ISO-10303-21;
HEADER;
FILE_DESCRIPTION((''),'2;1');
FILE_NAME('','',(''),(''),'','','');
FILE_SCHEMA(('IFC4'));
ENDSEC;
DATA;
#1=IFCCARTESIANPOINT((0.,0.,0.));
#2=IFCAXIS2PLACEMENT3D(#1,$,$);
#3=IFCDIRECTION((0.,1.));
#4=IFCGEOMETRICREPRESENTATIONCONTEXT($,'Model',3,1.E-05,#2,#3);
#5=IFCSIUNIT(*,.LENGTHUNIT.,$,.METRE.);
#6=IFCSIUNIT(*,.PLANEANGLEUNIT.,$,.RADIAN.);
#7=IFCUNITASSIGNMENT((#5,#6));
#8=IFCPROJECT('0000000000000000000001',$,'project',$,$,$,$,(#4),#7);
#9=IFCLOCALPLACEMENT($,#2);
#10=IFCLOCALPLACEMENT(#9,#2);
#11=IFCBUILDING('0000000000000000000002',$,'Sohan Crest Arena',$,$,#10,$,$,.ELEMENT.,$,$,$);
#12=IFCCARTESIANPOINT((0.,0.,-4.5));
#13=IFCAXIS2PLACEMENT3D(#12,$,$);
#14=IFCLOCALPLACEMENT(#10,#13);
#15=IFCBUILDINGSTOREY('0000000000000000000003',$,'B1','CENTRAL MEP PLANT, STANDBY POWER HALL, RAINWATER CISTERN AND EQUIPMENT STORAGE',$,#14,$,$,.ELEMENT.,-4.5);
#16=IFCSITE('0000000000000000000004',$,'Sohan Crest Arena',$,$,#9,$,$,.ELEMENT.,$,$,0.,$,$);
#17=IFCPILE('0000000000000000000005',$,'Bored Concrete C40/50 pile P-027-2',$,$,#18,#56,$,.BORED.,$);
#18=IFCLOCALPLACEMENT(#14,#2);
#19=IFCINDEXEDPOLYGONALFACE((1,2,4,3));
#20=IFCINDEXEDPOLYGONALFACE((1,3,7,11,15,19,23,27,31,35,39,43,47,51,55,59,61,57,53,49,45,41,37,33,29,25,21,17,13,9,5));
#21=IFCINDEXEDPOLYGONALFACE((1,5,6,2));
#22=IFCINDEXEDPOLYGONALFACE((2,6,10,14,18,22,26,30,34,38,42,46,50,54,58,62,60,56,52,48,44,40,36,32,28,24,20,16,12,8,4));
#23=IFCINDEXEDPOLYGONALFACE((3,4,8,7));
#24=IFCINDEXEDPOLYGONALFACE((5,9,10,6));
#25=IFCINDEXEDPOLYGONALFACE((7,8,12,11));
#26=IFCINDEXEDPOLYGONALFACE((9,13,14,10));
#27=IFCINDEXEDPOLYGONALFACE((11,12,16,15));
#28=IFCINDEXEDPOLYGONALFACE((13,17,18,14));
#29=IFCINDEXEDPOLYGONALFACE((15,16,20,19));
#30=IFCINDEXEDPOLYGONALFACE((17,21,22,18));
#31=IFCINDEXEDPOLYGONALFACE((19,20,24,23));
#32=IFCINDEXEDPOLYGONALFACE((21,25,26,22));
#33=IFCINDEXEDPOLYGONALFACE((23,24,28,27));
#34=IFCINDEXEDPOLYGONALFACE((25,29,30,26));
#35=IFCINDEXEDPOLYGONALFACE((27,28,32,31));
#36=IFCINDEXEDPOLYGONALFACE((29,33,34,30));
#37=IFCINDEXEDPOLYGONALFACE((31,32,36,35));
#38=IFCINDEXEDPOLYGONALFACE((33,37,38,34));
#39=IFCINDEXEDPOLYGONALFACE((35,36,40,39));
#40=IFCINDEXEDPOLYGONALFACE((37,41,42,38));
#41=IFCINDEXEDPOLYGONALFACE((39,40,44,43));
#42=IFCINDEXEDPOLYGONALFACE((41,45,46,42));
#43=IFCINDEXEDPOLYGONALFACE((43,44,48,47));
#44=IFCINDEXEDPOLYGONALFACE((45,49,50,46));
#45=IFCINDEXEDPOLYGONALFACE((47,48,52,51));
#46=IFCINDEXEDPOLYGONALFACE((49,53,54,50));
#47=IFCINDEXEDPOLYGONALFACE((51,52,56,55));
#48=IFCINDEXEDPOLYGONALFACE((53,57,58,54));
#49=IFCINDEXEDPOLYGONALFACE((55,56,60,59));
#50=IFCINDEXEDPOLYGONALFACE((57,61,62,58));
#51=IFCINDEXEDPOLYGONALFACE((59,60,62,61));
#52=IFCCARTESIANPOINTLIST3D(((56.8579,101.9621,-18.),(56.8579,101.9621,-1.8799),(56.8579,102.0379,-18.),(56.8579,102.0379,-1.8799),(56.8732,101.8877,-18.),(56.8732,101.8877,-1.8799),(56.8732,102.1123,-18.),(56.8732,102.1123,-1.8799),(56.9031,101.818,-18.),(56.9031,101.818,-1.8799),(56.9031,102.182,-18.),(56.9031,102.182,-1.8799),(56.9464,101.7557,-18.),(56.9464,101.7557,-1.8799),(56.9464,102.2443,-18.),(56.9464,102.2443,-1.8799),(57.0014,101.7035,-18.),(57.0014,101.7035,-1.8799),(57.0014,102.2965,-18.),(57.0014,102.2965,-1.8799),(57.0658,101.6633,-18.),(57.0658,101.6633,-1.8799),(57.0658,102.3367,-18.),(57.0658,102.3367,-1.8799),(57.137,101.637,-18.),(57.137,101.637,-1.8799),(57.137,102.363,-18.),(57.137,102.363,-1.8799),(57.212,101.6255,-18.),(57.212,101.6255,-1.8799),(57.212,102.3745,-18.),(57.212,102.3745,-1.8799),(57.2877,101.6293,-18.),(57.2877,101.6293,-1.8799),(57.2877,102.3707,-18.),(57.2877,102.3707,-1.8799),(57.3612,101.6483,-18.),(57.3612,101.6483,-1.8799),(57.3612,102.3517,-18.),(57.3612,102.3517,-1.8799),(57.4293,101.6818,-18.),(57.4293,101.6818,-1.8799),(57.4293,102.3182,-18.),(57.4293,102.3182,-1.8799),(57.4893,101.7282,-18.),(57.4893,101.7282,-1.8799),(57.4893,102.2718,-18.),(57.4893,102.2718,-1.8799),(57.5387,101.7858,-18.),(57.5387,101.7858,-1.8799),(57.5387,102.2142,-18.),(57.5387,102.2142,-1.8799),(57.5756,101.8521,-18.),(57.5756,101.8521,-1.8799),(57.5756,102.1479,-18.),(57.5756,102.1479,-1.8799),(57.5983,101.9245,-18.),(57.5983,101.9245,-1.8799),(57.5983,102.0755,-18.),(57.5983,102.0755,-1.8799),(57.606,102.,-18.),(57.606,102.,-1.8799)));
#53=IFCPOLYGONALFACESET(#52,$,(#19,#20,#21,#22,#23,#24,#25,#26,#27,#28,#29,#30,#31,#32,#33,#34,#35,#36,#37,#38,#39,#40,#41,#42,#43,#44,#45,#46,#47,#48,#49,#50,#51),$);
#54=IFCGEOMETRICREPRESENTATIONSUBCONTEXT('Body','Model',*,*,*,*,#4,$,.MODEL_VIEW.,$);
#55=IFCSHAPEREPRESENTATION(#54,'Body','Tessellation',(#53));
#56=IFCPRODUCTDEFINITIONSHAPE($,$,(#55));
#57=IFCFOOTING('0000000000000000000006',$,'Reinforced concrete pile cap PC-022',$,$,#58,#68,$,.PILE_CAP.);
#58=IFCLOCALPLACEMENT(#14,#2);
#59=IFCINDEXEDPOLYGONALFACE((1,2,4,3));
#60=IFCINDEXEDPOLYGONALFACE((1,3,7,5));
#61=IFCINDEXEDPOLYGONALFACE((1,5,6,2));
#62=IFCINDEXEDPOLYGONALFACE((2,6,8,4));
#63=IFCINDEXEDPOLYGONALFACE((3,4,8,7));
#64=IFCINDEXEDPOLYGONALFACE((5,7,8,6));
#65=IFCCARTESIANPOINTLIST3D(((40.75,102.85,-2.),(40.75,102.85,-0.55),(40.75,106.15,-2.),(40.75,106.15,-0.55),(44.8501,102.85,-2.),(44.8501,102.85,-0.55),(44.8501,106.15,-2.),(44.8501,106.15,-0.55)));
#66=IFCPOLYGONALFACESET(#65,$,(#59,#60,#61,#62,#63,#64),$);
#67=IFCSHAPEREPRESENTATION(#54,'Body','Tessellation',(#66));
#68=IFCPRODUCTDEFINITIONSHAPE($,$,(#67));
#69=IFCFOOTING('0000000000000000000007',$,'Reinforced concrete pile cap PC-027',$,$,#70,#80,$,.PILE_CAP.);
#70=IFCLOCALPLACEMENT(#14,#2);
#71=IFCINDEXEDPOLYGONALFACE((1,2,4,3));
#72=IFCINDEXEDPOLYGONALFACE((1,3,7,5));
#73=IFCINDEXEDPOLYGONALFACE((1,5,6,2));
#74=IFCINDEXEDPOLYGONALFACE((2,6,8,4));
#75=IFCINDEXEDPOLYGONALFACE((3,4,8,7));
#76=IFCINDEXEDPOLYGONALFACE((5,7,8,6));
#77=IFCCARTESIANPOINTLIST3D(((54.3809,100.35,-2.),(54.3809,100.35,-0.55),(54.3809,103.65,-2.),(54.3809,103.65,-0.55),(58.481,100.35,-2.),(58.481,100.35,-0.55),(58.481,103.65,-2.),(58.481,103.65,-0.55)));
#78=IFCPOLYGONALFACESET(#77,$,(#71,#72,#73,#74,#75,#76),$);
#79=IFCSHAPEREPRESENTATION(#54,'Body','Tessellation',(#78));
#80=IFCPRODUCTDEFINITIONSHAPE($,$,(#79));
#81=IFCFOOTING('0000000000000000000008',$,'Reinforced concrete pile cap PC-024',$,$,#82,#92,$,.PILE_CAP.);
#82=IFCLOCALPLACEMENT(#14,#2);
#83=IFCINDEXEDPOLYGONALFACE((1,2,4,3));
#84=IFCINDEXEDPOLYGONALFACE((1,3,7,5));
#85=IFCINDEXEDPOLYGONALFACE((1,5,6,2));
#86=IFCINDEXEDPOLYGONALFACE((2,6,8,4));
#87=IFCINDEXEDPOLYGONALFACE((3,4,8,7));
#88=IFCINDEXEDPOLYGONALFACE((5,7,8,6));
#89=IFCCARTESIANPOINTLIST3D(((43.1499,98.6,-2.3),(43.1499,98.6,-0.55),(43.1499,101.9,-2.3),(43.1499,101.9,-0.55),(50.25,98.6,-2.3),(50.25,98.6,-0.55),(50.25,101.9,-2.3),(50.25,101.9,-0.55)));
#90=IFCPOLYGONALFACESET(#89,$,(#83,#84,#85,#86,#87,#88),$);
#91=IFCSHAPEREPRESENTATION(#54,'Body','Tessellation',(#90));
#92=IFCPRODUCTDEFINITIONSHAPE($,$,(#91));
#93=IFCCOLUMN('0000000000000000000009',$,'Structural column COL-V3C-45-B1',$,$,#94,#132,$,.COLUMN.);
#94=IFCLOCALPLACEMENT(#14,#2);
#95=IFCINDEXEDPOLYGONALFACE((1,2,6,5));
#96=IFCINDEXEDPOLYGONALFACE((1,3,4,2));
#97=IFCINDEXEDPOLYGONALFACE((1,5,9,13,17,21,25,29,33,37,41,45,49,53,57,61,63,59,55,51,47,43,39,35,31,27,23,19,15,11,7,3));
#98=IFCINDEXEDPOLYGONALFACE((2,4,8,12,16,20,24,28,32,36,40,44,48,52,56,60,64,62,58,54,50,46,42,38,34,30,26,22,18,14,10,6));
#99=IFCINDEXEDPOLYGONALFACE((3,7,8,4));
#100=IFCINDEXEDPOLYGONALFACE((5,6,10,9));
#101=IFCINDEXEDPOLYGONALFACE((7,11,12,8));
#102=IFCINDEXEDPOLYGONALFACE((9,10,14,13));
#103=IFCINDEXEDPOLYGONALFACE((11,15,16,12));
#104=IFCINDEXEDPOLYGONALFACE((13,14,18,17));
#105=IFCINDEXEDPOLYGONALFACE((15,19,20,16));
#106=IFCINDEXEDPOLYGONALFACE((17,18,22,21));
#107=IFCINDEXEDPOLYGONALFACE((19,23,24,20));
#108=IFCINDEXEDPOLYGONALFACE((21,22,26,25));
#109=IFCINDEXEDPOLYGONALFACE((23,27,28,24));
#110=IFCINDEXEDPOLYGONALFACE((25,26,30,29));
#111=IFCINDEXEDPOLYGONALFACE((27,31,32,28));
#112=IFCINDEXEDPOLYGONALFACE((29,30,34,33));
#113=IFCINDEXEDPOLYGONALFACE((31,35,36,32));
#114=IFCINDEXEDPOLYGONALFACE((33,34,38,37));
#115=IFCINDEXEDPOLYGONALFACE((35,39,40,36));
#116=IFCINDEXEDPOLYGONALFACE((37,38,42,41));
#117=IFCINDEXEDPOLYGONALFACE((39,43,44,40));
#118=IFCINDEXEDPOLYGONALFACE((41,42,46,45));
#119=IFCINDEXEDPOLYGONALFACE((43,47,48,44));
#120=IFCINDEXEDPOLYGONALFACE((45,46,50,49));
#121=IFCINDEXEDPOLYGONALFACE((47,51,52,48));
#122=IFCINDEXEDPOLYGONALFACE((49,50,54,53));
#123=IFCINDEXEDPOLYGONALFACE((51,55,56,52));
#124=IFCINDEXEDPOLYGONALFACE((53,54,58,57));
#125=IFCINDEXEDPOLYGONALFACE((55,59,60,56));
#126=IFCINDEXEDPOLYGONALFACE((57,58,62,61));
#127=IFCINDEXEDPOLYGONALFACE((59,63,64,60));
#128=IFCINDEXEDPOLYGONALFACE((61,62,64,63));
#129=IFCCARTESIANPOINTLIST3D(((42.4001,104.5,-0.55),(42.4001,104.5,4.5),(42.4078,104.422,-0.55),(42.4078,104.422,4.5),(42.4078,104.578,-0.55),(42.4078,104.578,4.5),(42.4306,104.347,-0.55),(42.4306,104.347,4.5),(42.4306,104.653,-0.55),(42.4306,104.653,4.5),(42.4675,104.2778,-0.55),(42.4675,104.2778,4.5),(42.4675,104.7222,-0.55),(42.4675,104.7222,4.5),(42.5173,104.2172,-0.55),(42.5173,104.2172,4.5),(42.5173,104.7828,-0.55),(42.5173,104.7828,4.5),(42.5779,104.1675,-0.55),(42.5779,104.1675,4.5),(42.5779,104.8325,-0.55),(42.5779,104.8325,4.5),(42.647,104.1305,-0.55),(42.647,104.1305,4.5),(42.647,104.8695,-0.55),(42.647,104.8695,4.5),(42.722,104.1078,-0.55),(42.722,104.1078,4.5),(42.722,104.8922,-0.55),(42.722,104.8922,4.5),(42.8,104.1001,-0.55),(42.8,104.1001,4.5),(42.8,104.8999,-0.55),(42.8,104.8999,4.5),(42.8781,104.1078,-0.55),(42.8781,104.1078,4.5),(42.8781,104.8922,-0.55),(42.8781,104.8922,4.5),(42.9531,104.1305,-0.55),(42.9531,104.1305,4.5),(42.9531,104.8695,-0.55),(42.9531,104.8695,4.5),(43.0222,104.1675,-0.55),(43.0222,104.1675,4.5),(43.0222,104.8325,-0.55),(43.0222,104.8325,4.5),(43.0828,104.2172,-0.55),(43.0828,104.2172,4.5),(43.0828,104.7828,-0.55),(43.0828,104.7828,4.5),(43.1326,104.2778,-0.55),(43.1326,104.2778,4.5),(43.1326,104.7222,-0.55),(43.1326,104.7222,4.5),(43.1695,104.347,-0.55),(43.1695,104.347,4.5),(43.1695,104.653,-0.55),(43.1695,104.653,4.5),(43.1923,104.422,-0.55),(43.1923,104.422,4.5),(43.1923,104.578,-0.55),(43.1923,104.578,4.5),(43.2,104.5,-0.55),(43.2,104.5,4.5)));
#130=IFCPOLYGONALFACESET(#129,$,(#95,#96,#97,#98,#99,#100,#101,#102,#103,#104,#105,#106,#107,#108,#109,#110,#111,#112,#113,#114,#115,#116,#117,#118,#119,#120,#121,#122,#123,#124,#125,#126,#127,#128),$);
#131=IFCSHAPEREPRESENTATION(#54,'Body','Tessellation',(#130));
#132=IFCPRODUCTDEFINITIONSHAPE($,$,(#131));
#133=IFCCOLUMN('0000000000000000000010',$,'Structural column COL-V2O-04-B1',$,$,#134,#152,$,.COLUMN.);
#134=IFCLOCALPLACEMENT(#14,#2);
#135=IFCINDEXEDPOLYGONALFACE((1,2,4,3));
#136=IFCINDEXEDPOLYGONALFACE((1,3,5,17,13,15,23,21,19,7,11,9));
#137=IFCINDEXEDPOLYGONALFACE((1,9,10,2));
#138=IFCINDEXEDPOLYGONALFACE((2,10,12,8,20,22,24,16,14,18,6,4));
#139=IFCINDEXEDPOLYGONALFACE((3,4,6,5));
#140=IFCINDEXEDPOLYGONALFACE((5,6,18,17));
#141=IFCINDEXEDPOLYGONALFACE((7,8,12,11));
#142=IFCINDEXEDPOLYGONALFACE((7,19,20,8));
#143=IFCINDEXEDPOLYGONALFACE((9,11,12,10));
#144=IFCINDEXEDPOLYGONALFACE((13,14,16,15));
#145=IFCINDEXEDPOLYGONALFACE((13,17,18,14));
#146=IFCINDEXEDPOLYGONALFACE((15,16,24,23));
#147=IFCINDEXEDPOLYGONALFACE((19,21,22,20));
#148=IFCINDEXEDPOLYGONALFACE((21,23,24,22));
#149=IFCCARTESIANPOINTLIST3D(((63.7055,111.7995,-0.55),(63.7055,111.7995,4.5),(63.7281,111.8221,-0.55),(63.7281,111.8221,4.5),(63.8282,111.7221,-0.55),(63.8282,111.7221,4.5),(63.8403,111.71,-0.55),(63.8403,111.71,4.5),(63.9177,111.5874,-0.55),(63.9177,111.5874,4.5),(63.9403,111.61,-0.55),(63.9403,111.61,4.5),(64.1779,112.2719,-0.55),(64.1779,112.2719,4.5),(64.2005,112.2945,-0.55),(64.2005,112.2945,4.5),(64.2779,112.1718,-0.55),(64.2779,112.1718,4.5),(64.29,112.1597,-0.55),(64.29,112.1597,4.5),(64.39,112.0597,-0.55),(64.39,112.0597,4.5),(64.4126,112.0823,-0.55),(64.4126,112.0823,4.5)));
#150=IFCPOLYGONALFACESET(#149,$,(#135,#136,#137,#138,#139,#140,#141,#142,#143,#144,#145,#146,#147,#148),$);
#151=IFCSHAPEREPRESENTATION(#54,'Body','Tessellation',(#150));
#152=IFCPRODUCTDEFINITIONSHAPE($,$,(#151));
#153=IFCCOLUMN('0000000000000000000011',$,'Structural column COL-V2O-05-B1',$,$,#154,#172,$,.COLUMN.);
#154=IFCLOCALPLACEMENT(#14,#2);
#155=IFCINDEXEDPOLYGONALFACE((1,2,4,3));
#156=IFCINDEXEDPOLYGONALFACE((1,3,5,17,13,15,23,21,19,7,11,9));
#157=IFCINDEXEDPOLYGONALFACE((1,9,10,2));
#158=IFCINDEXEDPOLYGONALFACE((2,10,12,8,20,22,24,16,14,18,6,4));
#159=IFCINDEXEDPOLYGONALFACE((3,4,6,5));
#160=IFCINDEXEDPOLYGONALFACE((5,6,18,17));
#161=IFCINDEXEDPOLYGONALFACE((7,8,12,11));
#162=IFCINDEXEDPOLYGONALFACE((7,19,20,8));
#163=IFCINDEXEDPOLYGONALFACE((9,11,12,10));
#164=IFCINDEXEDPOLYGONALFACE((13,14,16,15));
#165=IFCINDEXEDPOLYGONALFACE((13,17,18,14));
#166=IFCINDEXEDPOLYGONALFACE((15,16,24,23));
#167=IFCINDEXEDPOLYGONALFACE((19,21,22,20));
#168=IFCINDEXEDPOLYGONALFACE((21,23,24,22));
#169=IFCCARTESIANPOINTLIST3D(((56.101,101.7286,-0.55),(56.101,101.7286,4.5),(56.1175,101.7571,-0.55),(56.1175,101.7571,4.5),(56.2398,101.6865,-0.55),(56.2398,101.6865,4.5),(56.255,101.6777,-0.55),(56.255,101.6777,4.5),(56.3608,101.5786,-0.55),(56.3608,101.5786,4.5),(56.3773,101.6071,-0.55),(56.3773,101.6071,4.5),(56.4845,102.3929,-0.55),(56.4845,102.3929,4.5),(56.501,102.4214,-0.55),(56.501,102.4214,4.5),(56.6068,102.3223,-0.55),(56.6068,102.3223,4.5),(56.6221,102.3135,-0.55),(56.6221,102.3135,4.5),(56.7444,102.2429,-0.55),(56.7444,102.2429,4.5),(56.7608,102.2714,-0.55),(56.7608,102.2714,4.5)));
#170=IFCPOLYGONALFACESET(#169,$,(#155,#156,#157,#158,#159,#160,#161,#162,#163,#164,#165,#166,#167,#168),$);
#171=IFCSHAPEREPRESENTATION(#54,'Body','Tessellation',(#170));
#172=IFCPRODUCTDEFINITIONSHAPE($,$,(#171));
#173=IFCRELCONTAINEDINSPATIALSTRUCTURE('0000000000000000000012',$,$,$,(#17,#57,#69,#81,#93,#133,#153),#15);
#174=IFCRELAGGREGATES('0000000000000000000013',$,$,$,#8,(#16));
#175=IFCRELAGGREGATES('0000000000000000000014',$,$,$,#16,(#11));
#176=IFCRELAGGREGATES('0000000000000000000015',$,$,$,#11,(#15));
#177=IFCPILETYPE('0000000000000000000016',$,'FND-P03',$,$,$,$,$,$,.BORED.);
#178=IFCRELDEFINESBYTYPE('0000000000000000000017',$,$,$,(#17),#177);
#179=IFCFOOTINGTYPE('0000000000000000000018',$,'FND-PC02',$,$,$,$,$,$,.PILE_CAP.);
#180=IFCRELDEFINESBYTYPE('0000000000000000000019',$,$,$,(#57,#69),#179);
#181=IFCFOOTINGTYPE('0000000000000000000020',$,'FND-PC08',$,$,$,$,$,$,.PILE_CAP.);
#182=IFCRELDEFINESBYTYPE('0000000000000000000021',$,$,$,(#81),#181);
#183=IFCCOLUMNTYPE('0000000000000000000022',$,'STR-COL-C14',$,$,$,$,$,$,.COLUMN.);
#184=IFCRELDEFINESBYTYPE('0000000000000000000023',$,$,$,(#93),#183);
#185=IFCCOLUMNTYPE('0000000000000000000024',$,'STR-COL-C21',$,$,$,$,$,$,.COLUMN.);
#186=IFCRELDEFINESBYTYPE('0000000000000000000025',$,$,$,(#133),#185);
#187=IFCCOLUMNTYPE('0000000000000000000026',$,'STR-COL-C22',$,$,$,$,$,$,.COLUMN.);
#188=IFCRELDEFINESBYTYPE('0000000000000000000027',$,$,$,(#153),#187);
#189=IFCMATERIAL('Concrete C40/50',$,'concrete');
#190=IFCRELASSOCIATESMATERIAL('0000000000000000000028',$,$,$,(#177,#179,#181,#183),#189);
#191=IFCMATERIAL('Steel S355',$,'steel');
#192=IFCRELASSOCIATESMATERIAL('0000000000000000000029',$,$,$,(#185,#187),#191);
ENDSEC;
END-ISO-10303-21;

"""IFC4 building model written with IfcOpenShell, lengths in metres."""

from ifc_helpers import new_model, si_unit, direction, frame, origin, origin_2d, place, context, subcontext, project, spatial, rectangle, circle, i_section, extrude, material, material_profile, profile_set, type_object, element, save


model = new_model("IFC4")

# Units and contexts
model_context = context("Model", 3, precision=1e-05, world=origin(), true_north=direction((0.0, 1.0)))
body_context = subcontext(model_context, "Body", "Model", "MODEL_VIEW")
ifc_project = project(units=[si_unit("LENGTHUNIT", "METRE"), si_unit("PLANEANGLEUNIT", "RADIAN")], contexts=[model_context])

# Site, building, storey
site_placement = place(None, origin())
site = spatial("IfcSite", under=ifc_project, at=site_placement, Name="Sohan Crest Arena", CompositionType="ELEMENT", RefElevation=0.0)
building_placement = place(site_placement, origin())
building = spatial("IfcBuilding", under=site, at=building_placement, Name="Sohan Crest Arena", CompositionType="ELEMENT")
storey_placement = place(building_placement, frame((0.0, 0.0, -4.5)))
storey = spatial("IfcBuildingStorey", under=building, at=storey_placement, Name="B1", Description="CENTRAL MEP PLANT, STANDBY POWER HALL, RAINWATER CISTERN AND EQUIPMENT STORAGE", CompositionType="ELEMENT", Elevation=-4.5)

# Shared definitions
ifc_material_1 = material(Name="Concrete C40/50", Category="concrete")

# Pile
ifc_material_profile_1 = material_profile(ifc_material_1, circle(Radius=0.375, at=origin_2d()), Name="PILE D750")
ifc_profile_set_1 = profile_set([ifc_material_profile_1], Name="Concrete C40/50")
pile_type = type_object("IfcPileType", Name="FND-P03", PredefinedType="BORED", material=ifc_profile_set_1)
for number, where, z_axis, x_axis, name in (
    (1, (57.231, 102.0, -18.0), (0.0, 0.0, 1.0), (1.0, 0.0, 0.0), "Bored Concrete C40/50 pile P-027-2"),
):
    element("IfcPile", number, at=place(storey_placement, frame(where, z_axis=z_axis, x_axis=x_axis)), inside=storey, type_object=pile_type, Name=name, PredefinedType="BORED", context=body_context, shape_type="SweptSolid", body=[
        extrude(circle(Radius=0.375, at=origin_2d()), origin(), (0.0, 0.0, 1.0), 16.1201),
    ])

# Footings
footing_type_1 = type_object("IfcFootingType", Name="FND-PC02", PredefinedType="PILE_CAP", material=ifc_material_1)
for number, where, z_axis, x_axis, name in (
    (2, (42.8, 104.5, -2.0), (0.0, 0.0, 1.0), (1.0, 0.0, 0.0), "Reinforced concrete pile cap PC-022"),
    (3, (56.4309, 102.0, -2.0), (0.0, 0.0, 1.0), (1.0, 0.0, 0.0), "Reinforced concrete pile cap PC-027"),
):
    element("IfcFooting", number, at=place(storey_placement, frame(where, z_axis=z_axis, x_axis=x_axis)), inside=storey, type_object=footing_type_1, Name=name, PredefinedType="PILE_CAP", context=body_context, shape_type="SweptSolid", body=[
        extrude(rectangle(XDim=4.1001, YDim=3.3, at=origin_2d()), origin(), (0.0, 0.0, 1.0), 1.45),
    ])
footing_type_2 = type_object("IfcFootingType", Name="FND-PC08", PredefinedType="PILE_CAP", material=ifc_material_1)
footing_1_placement = place(storey_placement, frame((46.7, 100.25, -2.3), z_axis=(0.0, 0.0, 1.0), x_axis=(1.0, 0.0, 0.0)))
element("IfcFooting", 4, at=footing_1_placement, inside=storey, type_object=footing_type_2, Name="Reinforced concrete pile cap PC-024", PredefinedType="PILE_CAP", context=body_context, shape_type="SweptSolid", body=[
    extrude(rectangle(XDim=7.1001, YDim=3.3, at=origin_2d()), origin(), (0.0, 0.0, 1.0), 1.75),
])

# Columns
ifc_material_profile_2 = material_profile(ifc_material_1, circle(Radius=0.3999, at=origin_2d()), Name="RC D800")
ifc_profile_set_2 = profile_set([ifc_material_profile_2], Name="Concrete C40/50")
column_type_1 = type_object("IfcColumnType", Name="STR-COL-C14", PredefinedType="COLUMN", material=ifc_profile_set_2)
column_1_placement = place(storey_placement, frame((42.8, 104.5, -0.55), z_axis=(0.0, 0.0, 1.0), x_axis=(1.0, 0.0, 0.0)))
element("IfcColumn", 5, at=column_1_placement, inside=storey, type_object=column_type_1, Name="Structural column COL-V3C-45-B1", PredefinedType="COLUMN", context=body_context, shape_type="SweptSolid", body=[
    extrude(circle(Radius=0.3999, at=origin_2d()), origin(), (0.0, 0.0, 1.0), 5.05),
])
ifc_material_2 = material(Name="Steel S355", Category="steel")
ifc_material_profile_3 = material_profile(ifc_material_2, i_section(OverallWidth=0.3, OverallDepth=0.7, WebThickness=0.0171, FlangeThickness=0.032, at=origin_2d()), Name="HEB 700")
ifc_profile_set_3 = profile_set([ifc_material_profile_3], Name="Steel S355")
column_type_2 = type_object("IfcColumnType", Name="STR-COL-C21", PredefinedType="COLUMN", material=ifc_profile_set_3)
column_2_placement = place(storey_placement, frame((64.0591, 111.9409, -0.55), z_axis=(0.0, 0.0, 1.0), x_axis=(-0.707107, 0.707107, 0.0)))
element("IfcColumn", 6, at=column_2_placement, inside=storey, type_object=column_type_2, Name="Structural column COL-V2O-04-B1", PredefinedType="COLUMN", context=body_context, shape_type="SweptSolid", body=[
    extrude(i_section(OverallWidth=0.3, OverallDepth=0.7, WebThickness=0.0171, FlangeThickness=0.032, at=origin_2d()), origin(), (0.0, 0.0, 1.0), 5.05),
])
ifc_material_profile_4 = material_profile(ifc_material_2, i_section(OverallWidth=0.3, OverallDepth=0.8, WebThickness=0.0176, FlangeThickness=0.033, at=origin_2d()), Name="HEB 800")
ifc_profile_set_4 = profile_set([ifc_material_profile_4], Name="Steel S355")
column_type_3 = type_object("IfcColumnType", Name="STR-COL-C22", PredefinedType="COLUMN", material=ifc_profile_set_4)
column_3_placement = place(storey_placement, frame((56.4309, 102.0, -0.55), z_axis=(0.0, 0.0, 1.0), x_axis=(-0.866025, 0.5, 0.0)))
element("IfcColumn", 7, at=column_3_placement, inside=storey, type_object=column_type_3, Name="Structural column COL-V2O-05-B1", PredefinedType="COLUMN", context=body_context, shape_type="SweptSolid", body=[
    extrude(i_section(OverallWidth=0.3, OverallDepth=0.8, WebThickness=0.0176, FlangeThickness=0.033, at=origin_2d()), origin(), (0.0, 0.0, 1.0), 5.05),
])

save(model, "model.ifc")
